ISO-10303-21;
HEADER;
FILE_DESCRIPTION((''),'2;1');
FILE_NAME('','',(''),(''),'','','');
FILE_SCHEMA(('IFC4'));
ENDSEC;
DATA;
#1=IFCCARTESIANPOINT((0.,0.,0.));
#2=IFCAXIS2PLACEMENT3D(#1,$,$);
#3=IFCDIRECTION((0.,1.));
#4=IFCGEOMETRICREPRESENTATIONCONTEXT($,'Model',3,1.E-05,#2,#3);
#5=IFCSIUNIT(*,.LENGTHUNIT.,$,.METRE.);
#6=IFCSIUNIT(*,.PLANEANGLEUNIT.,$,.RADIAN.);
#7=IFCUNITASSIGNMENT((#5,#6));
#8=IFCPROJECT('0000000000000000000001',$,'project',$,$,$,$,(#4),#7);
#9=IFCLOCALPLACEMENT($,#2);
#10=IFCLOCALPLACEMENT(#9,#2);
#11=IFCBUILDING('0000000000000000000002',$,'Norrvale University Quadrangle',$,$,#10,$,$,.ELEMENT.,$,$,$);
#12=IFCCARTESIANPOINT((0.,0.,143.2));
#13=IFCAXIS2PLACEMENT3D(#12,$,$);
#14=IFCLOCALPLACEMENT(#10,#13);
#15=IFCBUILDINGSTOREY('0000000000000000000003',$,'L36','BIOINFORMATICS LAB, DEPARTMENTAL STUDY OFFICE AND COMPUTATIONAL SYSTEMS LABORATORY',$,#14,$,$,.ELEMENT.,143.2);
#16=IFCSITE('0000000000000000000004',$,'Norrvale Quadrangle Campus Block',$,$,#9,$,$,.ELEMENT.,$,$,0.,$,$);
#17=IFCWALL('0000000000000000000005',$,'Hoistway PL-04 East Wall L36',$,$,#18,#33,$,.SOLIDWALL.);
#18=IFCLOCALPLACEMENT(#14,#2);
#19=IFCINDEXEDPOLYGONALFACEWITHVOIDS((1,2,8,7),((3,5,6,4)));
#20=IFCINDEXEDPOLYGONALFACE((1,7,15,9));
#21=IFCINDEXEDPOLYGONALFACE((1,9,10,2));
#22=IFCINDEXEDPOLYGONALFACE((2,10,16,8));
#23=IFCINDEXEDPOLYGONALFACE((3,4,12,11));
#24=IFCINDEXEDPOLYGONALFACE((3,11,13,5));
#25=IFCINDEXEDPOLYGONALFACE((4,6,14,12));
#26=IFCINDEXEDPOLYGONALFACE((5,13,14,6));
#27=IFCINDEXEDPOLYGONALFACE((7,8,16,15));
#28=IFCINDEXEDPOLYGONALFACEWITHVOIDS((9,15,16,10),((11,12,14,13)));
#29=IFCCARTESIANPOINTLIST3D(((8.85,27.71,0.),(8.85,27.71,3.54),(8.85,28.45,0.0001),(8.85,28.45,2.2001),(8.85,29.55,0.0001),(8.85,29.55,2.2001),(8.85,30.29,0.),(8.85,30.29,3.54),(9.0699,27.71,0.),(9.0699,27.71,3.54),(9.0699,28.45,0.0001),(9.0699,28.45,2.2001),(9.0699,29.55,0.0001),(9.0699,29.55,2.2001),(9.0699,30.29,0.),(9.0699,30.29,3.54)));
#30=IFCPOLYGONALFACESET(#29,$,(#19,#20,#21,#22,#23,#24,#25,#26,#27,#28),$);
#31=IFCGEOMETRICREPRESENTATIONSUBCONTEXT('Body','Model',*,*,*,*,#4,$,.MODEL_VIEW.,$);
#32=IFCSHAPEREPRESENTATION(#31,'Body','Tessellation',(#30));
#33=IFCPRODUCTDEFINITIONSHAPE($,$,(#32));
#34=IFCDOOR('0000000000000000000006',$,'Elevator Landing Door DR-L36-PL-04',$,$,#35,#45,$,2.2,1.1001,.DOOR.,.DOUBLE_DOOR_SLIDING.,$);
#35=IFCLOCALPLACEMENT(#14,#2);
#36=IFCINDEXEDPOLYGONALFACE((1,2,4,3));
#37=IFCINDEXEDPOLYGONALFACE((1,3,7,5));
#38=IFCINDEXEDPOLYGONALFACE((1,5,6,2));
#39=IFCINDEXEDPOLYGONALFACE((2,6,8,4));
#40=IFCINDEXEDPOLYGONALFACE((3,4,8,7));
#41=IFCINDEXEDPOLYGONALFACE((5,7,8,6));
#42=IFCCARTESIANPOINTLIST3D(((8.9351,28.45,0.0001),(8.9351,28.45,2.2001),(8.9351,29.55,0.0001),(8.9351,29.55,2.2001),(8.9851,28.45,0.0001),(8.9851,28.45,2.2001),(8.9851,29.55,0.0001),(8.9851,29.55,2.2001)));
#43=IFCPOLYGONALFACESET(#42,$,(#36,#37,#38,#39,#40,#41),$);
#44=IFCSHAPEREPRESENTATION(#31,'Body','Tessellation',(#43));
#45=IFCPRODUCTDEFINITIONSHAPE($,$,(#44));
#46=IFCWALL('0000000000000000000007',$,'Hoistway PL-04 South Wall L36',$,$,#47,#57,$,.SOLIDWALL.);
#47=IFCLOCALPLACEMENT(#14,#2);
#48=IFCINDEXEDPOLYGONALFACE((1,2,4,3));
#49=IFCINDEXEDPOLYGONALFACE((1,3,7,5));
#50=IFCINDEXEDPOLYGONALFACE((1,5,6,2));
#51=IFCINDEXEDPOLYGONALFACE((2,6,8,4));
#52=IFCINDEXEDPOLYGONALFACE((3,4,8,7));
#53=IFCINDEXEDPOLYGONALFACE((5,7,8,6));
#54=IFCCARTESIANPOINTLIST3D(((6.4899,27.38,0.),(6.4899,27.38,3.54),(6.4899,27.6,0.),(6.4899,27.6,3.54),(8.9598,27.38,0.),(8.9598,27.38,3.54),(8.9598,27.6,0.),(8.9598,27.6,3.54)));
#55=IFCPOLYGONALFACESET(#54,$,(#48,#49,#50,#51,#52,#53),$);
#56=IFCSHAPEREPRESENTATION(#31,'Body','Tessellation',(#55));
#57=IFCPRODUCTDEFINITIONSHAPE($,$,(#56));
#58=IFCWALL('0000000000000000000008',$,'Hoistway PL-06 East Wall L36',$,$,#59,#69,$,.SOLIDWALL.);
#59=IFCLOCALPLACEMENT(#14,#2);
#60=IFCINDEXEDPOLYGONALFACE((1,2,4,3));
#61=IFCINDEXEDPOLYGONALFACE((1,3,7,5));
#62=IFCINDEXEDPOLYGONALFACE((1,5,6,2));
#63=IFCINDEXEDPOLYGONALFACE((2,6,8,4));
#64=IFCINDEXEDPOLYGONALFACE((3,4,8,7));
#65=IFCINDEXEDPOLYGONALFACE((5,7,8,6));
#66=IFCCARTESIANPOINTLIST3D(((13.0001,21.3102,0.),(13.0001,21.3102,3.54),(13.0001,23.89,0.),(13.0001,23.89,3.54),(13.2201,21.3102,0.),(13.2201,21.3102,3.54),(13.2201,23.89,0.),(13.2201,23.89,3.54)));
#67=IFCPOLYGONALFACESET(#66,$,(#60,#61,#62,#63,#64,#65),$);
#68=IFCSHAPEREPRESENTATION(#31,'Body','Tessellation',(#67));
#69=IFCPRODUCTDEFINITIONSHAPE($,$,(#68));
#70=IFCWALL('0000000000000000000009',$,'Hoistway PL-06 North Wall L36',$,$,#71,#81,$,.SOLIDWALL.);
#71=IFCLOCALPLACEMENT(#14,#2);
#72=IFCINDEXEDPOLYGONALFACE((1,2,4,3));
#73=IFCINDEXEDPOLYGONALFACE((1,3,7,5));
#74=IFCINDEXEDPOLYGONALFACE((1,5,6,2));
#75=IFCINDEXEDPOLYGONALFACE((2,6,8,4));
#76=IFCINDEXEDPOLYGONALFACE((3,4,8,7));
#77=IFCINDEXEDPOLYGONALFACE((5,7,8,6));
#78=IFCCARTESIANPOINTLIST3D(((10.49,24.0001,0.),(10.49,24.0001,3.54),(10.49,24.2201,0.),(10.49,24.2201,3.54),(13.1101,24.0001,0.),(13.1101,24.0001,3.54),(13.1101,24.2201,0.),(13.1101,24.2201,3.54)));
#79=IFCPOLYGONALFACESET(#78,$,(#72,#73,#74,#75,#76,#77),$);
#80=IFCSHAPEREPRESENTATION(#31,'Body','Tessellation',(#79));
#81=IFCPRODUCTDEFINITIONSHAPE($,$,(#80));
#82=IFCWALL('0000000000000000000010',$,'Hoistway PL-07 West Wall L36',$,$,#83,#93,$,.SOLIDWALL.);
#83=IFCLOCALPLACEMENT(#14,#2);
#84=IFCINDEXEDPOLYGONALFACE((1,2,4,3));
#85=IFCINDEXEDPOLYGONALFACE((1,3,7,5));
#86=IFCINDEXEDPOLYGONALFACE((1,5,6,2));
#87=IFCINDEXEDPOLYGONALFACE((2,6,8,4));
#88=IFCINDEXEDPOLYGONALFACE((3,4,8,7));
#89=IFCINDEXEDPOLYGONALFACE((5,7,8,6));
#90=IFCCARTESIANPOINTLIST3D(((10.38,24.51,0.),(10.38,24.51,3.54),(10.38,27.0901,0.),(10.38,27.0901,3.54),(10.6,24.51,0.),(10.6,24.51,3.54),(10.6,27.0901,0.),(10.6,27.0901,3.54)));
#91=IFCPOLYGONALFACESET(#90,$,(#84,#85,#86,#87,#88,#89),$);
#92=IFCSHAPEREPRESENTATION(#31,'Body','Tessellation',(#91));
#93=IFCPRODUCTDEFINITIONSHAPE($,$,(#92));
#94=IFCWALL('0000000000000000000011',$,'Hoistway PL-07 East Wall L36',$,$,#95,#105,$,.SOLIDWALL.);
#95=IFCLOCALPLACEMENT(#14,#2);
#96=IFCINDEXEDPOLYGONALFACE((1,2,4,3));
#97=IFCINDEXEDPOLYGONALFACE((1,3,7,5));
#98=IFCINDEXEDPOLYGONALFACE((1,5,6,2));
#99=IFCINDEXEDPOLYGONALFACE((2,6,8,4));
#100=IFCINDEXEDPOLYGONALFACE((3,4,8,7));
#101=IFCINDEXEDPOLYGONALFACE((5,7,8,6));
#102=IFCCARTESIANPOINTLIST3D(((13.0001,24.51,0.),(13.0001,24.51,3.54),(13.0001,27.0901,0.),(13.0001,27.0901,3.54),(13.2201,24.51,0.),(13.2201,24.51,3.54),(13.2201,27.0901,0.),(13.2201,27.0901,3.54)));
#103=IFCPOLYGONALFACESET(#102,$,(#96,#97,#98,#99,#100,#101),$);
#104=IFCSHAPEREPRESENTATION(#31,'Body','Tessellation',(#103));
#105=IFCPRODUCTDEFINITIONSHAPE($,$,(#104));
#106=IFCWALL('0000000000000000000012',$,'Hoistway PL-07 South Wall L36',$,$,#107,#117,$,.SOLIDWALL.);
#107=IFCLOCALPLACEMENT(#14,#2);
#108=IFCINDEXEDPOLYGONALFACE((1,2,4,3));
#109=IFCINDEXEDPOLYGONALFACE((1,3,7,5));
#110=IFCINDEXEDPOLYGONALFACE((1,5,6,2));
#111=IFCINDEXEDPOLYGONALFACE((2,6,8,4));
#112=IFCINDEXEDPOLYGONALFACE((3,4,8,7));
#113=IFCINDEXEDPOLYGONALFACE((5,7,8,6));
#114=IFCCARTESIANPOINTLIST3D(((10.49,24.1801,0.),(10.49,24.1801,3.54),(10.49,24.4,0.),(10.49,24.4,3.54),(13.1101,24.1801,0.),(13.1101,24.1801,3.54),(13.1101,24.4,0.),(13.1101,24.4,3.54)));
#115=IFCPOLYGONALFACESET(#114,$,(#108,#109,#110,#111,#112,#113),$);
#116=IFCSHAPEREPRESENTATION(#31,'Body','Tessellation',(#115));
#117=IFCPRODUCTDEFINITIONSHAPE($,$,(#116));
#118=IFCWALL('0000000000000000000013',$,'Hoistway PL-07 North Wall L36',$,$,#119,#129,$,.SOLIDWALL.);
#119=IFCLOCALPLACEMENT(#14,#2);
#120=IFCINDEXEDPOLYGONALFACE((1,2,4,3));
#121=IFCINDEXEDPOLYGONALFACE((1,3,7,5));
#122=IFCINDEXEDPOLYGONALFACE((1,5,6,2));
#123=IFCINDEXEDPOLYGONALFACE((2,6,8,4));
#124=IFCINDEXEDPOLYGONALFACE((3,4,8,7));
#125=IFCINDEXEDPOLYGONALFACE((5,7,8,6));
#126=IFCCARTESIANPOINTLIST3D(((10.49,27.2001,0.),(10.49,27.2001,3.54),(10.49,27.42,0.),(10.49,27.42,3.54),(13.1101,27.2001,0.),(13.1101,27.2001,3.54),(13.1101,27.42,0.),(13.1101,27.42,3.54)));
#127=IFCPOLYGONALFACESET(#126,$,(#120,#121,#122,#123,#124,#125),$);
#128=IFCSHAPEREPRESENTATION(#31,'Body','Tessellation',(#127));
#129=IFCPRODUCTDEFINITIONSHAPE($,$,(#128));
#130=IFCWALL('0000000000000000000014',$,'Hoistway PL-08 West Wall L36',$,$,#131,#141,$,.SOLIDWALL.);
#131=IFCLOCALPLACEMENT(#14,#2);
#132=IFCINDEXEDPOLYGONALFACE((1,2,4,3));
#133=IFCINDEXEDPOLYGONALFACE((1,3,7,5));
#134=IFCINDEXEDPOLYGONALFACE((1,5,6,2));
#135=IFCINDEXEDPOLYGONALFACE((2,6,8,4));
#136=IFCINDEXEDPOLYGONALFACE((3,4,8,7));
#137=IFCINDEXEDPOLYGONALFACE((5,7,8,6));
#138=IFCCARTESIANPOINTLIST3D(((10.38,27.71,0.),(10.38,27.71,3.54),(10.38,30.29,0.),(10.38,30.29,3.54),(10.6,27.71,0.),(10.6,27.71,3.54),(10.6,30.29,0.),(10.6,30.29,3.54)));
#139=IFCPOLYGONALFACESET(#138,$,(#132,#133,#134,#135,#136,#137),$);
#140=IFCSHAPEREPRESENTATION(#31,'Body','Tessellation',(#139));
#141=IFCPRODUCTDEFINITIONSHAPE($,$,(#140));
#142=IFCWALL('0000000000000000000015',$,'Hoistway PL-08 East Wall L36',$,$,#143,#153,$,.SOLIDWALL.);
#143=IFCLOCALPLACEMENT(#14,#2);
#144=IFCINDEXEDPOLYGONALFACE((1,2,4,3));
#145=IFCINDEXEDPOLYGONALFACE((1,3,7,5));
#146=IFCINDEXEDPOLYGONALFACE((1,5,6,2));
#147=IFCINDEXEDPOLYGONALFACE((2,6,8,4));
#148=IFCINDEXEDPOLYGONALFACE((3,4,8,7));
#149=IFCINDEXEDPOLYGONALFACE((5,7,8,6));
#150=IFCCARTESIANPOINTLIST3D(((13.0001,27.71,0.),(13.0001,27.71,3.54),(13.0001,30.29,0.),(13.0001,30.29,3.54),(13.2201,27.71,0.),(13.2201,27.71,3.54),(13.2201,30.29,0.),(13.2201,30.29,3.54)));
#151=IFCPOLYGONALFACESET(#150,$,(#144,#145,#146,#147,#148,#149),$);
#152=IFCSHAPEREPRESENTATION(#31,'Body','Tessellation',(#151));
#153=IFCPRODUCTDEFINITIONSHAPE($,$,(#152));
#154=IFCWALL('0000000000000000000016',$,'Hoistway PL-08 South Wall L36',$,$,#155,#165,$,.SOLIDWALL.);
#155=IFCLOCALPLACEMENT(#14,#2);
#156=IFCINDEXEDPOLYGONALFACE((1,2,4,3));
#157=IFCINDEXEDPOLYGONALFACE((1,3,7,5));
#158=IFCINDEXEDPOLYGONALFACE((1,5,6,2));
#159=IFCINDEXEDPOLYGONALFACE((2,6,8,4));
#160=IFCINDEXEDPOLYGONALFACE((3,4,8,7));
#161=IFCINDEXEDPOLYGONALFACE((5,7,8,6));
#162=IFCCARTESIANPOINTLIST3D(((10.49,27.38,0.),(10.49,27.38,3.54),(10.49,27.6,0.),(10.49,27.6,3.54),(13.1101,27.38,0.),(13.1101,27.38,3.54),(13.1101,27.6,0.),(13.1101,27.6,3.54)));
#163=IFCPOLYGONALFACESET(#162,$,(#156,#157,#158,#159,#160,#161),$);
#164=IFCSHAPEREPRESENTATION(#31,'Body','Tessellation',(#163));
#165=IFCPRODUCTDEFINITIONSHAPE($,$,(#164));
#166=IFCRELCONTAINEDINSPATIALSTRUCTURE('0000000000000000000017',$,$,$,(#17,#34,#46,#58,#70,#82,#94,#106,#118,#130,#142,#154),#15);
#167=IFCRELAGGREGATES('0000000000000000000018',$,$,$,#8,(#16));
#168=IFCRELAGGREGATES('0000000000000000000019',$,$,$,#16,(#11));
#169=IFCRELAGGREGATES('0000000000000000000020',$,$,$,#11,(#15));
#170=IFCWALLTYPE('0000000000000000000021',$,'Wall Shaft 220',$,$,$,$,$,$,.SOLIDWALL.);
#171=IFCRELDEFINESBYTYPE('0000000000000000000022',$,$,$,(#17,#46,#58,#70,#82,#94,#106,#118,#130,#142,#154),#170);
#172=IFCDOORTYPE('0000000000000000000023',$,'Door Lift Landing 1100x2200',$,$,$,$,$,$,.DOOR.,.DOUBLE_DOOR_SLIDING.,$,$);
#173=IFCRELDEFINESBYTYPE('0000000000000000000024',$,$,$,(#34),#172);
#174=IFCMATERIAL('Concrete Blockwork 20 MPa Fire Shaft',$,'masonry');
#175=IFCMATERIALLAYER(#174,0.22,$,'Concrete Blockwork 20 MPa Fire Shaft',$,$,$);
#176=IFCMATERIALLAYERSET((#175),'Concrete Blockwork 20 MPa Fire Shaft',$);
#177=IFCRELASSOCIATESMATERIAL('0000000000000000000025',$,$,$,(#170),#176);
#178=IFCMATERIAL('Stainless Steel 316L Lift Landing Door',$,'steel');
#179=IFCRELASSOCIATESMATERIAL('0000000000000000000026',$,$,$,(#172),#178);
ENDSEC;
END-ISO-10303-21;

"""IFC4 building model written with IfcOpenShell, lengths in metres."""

from ifc_helpers import new_model, si_unit, direction, frame, frame_2d, origin, place, context, subcontext, project, spatial, rectangle, extrude, material, layer, layer_set, type_object, element, fill, save


model = new_model("IFC4")

# Units and contexts
model_context = context("Model", 3, precision=1e-05, world=origin(), true_north=direction((0.0, 1.0)))
body_context = subcontext(model_context, "Body", "Model", "MODEL_VIEW")
ifc_project = project(units=[si_unit("LENGTHUNIT", "METRE"), si_unit("PLANEANGLEUNIT", "RADIAN")], contexts=[model_context])

# Site, building, storey
site_placement = place(None, origin())
site = spatial("IfcSite", under=ifc_project, at=site_placement, Name="Norrvale Quadrangle Campus Block", CompositionType="ELEMENT", RefElevation=0.0)
building_placement = place(site_placement, origin())
building = spatial("IfcBuilding", under=site, at=building_placement, Name="Norrvale University Quadrangle", CompositionType="ELEMENT")
storey_placement = place(building_placement, frame((0.0, 0.0, 143.2)))
storey = spatial("IfcBuildingStorey", under=building, at=storey_placement, Name="L36", Description="BIOINFORMATICS LAB, DEPARTMENTAL STUDY OFFICE AND COMPUTATIONAL SYSTEMS LABORATORY", CompositionType="ELEMENT", Elevation=143.2)

# Shared definitions
ifc_material_1 = material(Name="Concrete Blockwork 20 MPa Fire Shaft", Category="masonry")
ifc_layer_1 = layer(ifc_material_1, 0.22, Name="Concrete Blockwork 20 MPa Fire Shaft")
ifc_layer_set_1 = layer_set([ifc_layer_1], Name="Concrete Blockwork 20 MPa Fire Shaft")
wall_type_1 = type_object("IfcWallType", Name="Wall Shaft 220", PredefinedType="SOLIDWALL", material=ifc_layer_set_1)

# Shared definitions
ifc_material_2 = material(Name="Stainless Steel 316L Lift Landing Door", Category="steel")
door_type_1 = type_object("IfcDoorType", Name="Door Lift Landing 1100x2200", OperationType="DOUBLE_DOOR_SLIDING", PredefinedType="DOOR", material=ifc_material_2)

# Wall, opening, door
wall_1_placement = place(storey_placement, frame((8.96, 27.71, 0.0), z_axis=(0.0, 0.0, 1.0), x_axis=(0.0, 1.0, 0.0)))
wall_1 = element("IfcWall", 1, at=wall_1_placement, inside=storey, type_object=wall_type_1, Name="Hoistway PL-04 East Wall L36", PredefinedType="SOLIDWALL", context=body_context, shape_type="SweptSolid", body=[
    extrude(rectangle(XDim=2.5801, YDim=0.22, at=frame_2d((1.29, 0.0))), origin(), (0.0, 0.0, 1.0), 3.54),
])
opening_1_placement = place(wall_1_placement, frame((0.74, 0.0, 0.0)))
opening_1 = element("IfcOpeningElement", 2, at=opening_1_placement, cuts=wall_1, PredefinedType="OPENING", context=body_context, shape_type="SweptSolid", body=[
    extrude(rectangle(XDim=1.1001, YDim=2.2, at=frame_2d((0.55, 1.1001))), frame((0.0, 0.1221, 0.0), z_axis=(0.0, -1.0, 0.0), x_axis=(1.0, 0.0, 0.0)), (0.0, 0.0, 1.0), 0.2439),
])
door_1_placement = place(opening_1_placement, origin())
door_1 = element("IfcDoor", 3, at=door_1_placement, inside=storey, type_object=door_type_1, Name="Elevator Landing Door DR-L36-PL-04", OperationType="DOUBLE_DOOR_SLIDING", OverallHeight=2.2, OverallWidth=1.1001, PredefinedType="DOOR", context=body_context, shape_type="SweptSolid", body=[
    extrude(rectangle(XDim=1.1001, YDim=2.2, at=frame_2d((0.55, 1.1001))), frame((0.0, 0.0249, 0.0), z_axis=(0.0, -1.0, 0.0), x_axis=(1.0, 0.0, 0.0)), (0.0, 0.0, 1.0), 0.05),
])
fill(opening_1, door_1)

# Walls
wall_2_placement = place(storey_placement, frame((6.49, 27.49, 0.0), z_axis=(0.0, 0.0, 1.0), x_axis=(1.0, 0.0, 0.0)))
element("IfcWall", 4, at=wall_2_placement, inside=storey, type_object=wall_type_1, Name="Hoistway PL-04 South Wall L36", PredefinedType="SOLIDWALL", context=body_context, shape_type="SweptSolid", body=[
    extrude(rectangle(XDim=2.47, YDim=0.22, at=frame_2d((1.2349, 0.0))), origin(), (0.0, 0.0, 1.0), 3.54),
])
wall_3_placement = place(storey_placement, frame((13.1101, 21.3101, 0.0), z_axis=(0.0, 0.0, 1.0), x_axis=(0.0, 1.0, 0.0)))
element("IfcWall", 5, at=wall_3_placement, inside=storey, type_object=wall_type_1, Name="Hoistway PL-06 East Wall L36", PredefinedType="SOLIDWALL", context=body_context, shape_type="SweptSolid", body=[
    extrude(rectangle(XDim=2.5798, YDim=0.22, at=frame_2d((1.29, 0.0))), origin(), (0.0, 0.0, 1.0), 3.54),
])
wall_4_placement = place(storey_placement, frame((10.49, 24.1101, 0.0), z_axis=(0.0, 0.0, 1.0), x_axis=(1.0, 0.0, 0.0)))
element("IfcWall", 6, at=wall_4_placement, inside=storey, type_object=wall_type_1, Name="Hoistway PL-06 North Wall L36", PredefinedType="SOLIDWALL", context=body_context, shape_type="SweptSolid", body=[
    extrude(rectangle(XDim=2.6201, YDim=0.22, at=frame_2d((1.3101, 0.0))), origin(), (0.0, 0.0, 1.0), 3.54),
])
for number, where, z_axis, x_axis, name in (
    (7, (10.49, 24.51, 0.0), (0.0, 0.0, 1.0), (0.0, 1.0, 0.0), "Hoistway PL-07 West Wall L36"),
    (8, (13.1101, 24.51, 0.0), (0.0, 0.0, 1.0), (0.0, 1.0, 0.0), "Hoistway PL-07 East Wall L36"),
):
    element("IfcWall", number, at=place(storey_placement, frame(where, z_axis=z_axis, x_axis=x_axis)), inside=storey, type_object=wall_type_1, Name=name, PredefinedType="SOLIDWALL", context=body_context, shape_type="SweptSolid", body=[
        extrude(rectangle(XDim=2.5801, YDim=0.22, at=frame_2d((1.29, 0.0))), origin(), (0.0, 0.0, 1.0), 3.54),
    ])
for number, where, z_axis, x_axis, name in (
    (9, (10.49, 24.29, 0.0), (0.0, 0.0, 1.0), (1.0, 0.0, 0.0), "Hoistway PL-07 South Wall L36"),
    (10, (10.49, 27.3101, 0.0), (0.0, 0.0, 1.0), (1.0, 0.0, 0.0), "Hoistway PL-07 North Wall L36"),
):
    element("IfcWall", number, at=place(storey_placement, frame(where, z_axis=z_axis, x_axis=x_axis)), inside=storey, type_object=wall_type_1, Name=name, PredefinedType="SOLIDWALL", context=body_context, shape_type="SweptSolid", body=[
        extrude(rectangle(XDim=2.6201, YDim=0.22, at=frame_2d((1.3101, 0.0))), origin(), (0.0, 0.0, 1.0), 3.54),
    ])
for number, where, z_axis, x_axis, name in (
    (11, (10.49, 27.71, 0.0), (0.0, 0.0, 1.0), (0.0, 1.0, 0.0), "Hoistway PL-08 West Wall L36"),
    (12, (13.1101, 27.71, 0.0), (0.0, 0.0, 1.0), (0.0, 1.0, 0.0), "Hoistway PL-08 East Wall L36"),
):
    element("IfcWall", number, at=place(storey_placement, frame(where, z_axis=z_axis, x_axis=x_axis)), inside=storey, type_object=wall_type_1, Name=name, PredefinedType="SOLIDWALL", context=body_context, shape_type="SweptSolid", body=[
        extrude(rectangle(XDim=2.5801, YDim=0.22, at=frame_2d((1.29, 0.0))), origin(), (0.0, 0.0, 1.0), 3.54),
    ])
wall_5_placement = place(storey_placement, frame((10.49, 27.49, 0.0), z_axis=(0.0, 0.0, 1.0), x_axis=(1.0, 0.0, 0.0)))
element("IfcWall", 13, at=wall_5_placement, inside=storey, type_object=wall_type_1, Name="Hoistway PL-08 South Wall L36", PredefinedType="SOLIDWALL", context=body_context, shape_type="SweptSolid", body=[
    extrude(rectangle(XDim=2.6201, YDim=0.22, at=frame_2d((1.3101, 0.0))), origin(), (0.0, 0.0, 1.0), 3.54),
])

save(model, "model.ifc")
